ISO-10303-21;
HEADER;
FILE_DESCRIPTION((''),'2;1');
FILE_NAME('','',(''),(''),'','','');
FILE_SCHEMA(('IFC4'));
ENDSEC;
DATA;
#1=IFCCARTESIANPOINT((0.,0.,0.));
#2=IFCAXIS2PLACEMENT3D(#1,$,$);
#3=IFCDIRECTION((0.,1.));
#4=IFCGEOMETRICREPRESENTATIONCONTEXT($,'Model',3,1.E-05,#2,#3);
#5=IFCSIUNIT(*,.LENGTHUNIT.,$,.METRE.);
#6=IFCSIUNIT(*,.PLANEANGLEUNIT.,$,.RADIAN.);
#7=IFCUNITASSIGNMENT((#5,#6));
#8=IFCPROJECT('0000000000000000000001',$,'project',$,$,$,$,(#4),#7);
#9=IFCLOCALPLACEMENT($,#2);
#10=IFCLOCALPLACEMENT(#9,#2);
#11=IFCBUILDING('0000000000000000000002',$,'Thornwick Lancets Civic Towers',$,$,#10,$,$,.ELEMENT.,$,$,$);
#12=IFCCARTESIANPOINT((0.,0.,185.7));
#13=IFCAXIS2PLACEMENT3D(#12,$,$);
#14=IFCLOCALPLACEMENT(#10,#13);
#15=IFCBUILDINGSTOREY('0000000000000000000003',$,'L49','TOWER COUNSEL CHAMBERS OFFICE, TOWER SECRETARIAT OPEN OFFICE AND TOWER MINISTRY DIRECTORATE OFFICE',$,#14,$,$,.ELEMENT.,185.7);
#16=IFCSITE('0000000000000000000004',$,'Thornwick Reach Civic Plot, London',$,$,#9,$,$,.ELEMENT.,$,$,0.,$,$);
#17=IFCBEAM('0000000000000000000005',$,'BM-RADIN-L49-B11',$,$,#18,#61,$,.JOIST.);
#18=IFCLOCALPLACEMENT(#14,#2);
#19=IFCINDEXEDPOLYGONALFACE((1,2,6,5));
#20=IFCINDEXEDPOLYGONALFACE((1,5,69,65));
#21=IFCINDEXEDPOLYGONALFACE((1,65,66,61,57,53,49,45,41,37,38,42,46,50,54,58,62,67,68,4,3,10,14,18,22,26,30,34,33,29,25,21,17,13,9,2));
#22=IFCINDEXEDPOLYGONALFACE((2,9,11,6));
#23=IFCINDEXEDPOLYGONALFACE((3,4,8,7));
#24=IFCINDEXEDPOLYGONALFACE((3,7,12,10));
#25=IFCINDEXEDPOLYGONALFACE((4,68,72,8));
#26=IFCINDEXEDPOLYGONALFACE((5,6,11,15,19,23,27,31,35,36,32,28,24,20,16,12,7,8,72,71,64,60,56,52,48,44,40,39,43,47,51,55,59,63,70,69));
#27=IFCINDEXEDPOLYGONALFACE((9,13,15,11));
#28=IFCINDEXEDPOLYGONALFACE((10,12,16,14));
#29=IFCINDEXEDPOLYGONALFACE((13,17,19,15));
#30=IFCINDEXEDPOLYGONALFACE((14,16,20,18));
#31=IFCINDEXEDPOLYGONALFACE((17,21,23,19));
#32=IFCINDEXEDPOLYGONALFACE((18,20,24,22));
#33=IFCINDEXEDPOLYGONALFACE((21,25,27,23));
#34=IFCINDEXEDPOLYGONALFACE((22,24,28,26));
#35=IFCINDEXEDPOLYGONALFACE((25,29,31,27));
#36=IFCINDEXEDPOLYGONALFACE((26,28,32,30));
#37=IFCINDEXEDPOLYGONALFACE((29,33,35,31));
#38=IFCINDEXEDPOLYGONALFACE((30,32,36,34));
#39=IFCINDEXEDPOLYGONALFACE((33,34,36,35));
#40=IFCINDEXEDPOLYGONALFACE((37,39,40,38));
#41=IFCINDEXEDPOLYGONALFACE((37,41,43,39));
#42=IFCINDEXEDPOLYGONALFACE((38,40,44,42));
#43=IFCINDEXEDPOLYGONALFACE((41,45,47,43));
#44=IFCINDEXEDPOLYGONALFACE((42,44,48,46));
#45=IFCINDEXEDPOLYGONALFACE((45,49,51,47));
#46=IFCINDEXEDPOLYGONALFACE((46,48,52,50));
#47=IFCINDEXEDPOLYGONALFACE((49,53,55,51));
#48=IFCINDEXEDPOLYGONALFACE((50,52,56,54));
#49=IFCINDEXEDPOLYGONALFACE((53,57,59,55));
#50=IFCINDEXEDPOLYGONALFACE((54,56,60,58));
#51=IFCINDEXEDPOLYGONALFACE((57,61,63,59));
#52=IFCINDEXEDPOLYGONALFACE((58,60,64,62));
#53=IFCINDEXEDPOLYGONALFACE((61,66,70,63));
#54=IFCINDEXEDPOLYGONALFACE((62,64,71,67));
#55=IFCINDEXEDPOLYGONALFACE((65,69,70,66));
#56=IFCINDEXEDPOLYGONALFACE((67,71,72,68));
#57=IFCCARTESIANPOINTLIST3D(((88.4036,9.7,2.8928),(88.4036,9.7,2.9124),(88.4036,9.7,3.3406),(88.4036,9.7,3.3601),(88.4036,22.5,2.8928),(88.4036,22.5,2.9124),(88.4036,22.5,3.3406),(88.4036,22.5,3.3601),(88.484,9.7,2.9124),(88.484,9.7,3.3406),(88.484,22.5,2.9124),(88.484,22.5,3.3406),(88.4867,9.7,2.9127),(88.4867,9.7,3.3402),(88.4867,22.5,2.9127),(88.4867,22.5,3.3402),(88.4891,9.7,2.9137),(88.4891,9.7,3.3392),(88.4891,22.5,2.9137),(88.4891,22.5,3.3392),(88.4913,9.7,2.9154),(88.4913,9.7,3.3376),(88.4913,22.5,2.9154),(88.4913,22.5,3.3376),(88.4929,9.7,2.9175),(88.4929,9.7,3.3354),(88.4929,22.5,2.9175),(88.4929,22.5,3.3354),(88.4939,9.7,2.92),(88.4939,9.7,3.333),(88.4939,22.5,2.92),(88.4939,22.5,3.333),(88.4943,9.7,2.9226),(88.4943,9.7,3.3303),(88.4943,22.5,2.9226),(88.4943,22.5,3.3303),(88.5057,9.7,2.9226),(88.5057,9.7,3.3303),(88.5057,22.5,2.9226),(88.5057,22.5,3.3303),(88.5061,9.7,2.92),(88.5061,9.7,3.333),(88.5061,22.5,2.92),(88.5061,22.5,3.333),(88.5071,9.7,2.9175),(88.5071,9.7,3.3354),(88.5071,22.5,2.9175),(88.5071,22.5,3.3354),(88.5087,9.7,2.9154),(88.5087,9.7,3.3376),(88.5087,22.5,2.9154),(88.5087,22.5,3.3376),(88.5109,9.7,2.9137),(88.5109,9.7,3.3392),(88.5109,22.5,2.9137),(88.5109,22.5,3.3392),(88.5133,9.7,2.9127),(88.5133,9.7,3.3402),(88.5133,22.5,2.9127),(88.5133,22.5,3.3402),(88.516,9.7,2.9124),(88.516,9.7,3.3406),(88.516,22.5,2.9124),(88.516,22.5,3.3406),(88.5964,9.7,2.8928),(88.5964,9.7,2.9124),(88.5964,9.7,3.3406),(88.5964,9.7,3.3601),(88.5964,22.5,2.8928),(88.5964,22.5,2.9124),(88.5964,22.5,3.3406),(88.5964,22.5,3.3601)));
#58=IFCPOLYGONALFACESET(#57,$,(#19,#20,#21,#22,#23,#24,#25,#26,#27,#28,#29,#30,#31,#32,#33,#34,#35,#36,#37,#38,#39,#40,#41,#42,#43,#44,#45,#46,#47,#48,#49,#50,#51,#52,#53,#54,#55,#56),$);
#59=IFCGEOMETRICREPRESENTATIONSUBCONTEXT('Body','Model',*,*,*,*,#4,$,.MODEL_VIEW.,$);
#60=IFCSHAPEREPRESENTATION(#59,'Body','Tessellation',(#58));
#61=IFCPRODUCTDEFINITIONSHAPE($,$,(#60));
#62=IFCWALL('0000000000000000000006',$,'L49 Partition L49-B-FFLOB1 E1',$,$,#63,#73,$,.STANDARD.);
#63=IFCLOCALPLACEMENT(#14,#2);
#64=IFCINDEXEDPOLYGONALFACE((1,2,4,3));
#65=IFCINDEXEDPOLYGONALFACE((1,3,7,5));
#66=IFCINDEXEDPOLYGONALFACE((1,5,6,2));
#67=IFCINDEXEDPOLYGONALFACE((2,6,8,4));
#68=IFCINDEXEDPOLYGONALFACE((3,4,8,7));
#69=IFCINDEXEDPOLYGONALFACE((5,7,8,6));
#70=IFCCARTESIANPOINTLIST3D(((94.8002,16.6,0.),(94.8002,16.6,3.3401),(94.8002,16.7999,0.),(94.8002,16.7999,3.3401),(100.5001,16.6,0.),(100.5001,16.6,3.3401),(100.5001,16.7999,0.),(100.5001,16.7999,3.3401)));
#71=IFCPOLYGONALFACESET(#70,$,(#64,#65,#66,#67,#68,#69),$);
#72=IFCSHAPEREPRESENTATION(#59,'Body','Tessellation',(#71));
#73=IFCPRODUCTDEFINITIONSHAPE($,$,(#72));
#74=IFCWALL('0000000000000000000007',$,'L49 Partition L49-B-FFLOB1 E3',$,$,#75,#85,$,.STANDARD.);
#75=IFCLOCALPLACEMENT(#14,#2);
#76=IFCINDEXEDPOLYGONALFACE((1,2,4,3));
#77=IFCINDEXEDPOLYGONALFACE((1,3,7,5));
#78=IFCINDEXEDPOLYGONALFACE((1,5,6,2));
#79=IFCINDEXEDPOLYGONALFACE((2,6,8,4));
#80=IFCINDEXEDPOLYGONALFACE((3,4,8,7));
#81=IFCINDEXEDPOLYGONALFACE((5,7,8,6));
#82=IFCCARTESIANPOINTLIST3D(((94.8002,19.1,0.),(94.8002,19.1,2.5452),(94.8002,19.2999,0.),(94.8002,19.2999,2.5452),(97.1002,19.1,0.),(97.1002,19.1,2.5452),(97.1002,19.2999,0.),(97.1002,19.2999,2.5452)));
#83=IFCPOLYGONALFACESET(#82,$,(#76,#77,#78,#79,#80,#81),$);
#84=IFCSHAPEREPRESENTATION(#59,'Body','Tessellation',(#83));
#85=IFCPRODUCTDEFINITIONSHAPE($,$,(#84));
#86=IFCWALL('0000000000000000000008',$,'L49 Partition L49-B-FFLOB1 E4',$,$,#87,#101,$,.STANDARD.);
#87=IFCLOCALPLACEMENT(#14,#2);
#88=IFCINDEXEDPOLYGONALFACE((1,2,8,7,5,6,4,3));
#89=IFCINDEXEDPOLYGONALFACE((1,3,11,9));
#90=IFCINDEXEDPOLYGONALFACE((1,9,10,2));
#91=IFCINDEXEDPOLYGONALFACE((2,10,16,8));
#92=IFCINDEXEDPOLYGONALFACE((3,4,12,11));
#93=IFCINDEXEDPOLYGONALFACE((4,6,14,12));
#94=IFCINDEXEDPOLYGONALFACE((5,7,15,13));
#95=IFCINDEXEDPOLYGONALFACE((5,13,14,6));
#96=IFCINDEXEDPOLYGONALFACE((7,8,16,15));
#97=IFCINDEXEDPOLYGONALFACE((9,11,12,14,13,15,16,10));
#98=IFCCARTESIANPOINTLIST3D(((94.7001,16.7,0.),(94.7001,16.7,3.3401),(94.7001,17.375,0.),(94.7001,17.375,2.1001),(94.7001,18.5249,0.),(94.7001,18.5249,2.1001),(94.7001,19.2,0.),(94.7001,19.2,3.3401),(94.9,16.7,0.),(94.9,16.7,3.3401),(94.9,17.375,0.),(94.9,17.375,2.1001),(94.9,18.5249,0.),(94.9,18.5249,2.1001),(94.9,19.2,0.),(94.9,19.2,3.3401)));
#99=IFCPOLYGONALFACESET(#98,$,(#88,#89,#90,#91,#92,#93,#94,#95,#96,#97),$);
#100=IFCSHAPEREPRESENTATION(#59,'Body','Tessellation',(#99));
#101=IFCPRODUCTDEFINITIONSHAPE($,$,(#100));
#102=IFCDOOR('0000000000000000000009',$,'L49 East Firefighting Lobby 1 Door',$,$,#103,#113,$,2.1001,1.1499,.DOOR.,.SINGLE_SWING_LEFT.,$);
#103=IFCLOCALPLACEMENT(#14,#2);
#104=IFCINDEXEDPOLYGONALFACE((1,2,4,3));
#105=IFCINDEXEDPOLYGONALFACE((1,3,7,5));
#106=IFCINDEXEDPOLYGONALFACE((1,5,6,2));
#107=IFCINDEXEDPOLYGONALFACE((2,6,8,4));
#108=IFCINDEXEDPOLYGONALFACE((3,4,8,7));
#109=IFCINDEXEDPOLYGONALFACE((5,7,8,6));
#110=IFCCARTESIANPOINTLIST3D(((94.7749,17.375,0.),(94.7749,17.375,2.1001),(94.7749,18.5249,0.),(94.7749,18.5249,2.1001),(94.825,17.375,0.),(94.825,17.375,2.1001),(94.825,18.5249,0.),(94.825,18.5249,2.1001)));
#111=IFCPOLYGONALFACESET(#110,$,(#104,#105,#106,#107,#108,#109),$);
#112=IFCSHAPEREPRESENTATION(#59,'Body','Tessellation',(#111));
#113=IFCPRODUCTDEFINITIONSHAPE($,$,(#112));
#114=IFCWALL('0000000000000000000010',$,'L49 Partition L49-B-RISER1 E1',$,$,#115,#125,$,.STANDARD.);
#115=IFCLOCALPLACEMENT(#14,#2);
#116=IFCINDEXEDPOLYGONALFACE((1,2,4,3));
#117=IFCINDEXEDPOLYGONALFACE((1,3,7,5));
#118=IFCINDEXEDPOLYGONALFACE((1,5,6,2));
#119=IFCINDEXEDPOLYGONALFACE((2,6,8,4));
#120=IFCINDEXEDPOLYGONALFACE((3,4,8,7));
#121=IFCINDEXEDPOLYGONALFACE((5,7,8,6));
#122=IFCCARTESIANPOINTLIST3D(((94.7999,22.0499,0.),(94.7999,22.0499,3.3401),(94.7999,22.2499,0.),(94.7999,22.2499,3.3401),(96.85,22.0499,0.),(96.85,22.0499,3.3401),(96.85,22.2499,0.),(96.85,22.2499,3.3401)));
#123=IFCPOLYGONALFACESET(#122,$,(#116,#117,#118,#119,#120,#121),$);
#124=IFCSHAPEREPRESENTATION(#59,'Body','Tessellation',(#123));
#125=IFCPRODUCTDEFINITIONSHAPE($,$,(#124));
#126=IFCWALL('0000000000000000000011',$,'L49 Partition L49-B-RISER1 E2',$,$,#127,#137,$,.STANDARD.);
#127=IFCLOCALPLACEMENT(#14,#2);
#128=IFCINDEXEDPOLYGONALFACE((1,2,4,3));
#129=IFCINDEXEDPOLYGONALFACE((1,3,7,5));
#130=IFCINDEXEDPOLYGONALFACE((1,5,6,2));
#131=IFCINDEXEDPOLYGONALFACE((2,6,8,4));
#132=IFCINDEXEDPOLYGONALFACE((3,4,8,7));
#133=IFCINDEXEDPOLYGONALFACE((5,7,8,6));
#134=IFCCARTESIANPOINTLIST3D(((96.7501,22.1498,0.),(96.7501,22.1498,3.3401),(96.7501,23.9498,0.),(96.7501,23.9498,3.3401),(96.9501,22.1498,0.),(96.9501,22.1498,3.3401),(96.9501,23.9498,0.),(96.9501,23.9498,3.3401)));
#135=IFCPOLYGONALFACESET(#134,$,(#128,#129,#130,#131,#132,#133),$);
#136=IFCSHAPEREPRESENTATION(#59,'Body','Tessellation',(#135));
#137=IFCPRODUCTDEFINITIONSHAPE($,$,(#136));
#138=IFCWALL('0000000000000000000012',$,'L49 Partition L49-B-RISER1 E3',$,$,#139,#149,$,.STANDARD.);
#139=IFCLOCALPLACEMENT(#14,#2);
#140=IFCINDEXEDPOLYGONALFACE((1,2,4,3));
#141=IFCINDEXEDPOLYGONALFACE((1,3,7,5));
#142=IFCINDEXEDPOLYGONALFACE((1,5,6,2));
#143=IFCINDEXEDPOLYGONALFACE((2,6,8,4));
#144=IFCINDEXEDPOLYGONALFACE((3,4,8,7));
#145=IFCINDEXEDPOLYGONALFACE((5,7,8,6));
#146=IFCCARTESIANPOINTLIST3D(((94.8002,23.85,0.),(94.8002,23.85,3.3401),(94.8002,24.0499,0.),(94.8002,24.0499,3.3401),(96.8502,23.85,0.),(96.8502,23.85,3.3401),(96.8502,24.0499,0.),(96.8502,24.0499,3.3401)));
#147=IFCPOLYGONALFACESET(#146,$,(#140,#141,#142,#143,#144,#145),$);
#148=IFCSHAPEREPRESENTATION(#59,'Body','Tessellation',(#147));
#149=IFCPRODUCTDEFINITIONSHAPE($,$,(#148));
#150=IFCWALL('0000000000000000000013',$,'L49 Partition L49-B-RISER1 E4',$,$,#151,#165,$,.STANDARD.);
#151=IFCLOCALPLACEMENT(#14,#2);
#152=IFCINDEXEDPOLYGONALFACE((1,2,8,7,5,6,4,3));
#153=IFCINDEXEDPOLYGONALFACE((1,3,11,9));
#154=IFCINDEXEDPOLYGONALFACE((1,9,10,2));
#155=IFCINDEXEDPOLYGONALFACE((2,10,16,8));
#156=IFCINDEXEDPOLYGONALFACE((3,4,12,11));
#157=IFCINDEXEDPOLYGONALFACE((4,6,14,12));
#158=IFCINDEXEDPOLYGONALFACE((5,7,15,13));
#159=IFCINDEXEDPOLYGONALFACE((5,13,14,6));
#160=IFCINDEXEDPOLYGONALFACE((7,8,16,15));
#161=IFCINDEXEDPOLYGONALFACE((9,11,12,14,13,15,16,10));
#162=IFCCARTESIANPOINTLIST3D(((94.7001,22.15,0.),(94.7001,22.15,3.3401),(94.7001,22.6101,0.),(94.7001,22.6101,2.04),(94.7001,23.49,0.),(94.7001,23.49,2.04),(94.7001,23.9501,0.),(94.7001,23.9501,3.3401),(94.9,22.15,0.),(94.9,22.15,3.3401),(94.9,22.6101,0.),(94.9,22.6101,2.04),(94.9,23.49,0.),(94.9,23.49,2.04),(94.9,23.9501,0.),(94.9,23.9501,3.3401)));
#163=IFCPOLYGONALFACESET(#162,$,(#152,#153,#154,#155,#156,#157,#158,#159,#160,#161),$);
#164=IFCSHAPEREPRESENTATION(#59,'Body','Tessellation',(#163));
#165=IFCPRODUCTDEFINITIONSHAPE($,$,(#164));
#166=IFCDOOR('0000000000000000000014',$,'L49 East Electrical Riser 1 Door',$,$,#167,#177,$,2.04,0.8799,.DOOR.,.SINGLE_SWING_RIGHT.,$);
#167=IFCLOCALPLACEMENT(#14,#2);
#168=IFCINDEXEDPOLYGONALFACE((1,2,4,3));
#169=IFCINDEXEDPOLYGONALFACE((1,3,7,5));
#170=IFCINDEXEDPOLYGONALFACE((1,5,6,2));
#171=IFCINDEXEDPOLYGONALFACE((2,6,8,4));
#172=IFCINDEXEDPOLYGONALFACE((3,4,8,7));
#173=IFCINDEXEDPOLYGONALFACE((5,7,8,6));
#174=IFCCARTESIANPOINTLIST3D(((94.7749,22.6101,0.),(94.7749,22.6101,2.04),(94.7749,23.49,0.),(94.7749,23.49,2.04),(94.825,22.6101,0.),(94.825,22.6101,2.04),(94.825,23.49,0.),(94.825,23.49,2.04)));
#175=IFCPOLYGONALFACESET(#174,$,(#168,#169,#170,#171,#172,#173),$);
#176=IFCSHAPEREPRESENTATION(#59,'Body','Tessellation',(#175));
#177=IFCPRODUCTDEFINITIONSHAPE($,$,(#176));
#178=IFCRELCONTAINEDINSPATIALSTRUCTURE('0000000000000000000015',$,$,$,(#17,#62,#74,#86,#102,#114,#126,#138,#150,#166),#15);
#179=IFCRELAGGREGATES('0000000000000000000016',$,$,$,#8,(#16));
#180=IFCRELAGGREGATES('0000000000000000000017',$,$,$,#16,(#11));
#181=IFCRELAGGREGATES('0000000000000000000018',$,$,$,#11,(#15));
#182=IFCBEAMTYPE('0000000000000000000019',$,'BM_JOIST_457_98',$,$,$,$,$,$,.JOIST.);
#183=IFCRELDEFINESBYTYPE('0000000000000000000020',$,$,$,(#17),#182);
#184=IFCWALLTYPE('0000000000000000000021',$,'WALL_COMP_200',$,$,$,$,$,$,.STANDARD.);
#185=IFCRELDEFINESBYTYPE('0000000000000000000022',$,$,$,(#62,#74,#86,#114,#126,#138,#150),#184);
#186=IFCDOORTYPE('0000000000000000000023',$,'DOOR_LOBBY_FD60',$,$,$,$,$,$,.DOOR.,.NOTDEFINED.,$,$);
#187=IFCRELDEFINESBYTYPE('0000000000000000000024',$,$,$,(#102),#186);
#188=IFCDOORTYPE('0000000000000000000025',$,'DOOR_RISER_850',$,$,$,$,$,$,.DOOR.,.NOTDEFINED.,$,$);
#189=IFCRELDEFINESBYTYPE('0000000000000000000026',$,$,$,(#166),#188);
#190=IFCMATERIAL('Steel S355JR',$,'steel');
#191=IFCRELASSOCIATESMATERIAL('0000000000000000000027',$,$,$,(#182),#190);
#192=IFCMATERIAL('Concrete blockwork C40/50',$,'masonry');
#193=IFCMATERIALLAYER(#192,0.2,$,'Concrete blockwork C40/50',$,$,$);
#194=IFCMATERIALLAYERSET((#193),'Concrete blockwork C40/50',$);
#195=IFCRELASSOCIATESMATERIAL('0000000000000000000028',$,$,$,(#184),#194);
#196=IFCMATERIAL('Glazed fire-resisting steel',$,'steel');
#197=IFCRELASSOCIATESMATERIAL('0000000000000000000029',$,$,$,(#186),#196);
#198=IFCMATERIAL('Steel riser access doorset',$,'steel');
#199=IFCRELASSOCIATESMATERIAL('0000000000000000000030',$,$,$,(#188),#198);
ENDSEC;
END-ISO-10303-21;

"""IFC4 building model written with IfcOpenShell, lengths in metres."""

from ifc_helpers import new_model, si_unit, direction, frame, frame_2d, origin, origin_2d, place, context, subcontext, project, spatial, rectangle, i_section, extrude, material, layer, layer_set, material_profile, profile_set, type_object, element, fill, save


model = new_model("IFC4")

# Units and contexts
model_context = context("Model", 3, precision=1e-05, world=origin(), true_north=direction((0.0, 1.0)))
body_context = subcontext(model_context, "Body", "Model", "MODEL_VIEW")
ifc_project = project(units=[si_unit("LENGTHUNIT", "METRE"), si_unit("PLANEANGLEUNIT", "RADIAN")], contexts=[model_context])

# Site, building, storey
site_placement = place(None, origin())
site = spatial("IfcSite", under=ifc_project, at=site_placement, Name="Thornwick Reach Civic Plot, London", CompositionType="ELEMENT", RefElevation=0.0)
building_placement = place(site_placement, origin())
building = spatial("IfcBuilding", under=site, at=building_placement, Name="Thornwick Lancets Civic Towers", CompositionType="ELEMENT")
storey_placement = place(building_placement, frame((0.0, 0.0, 185.7)))
storey = spatial("IfcBuildingStorey", under=building, at=storey_placement, Name="L49", Description="TOWER COUNSEL CHAMBERS OFFICE, TOWER SECRETARIAT OPEN OFFICE AND TOWER MINISTRY DIRECTORATE OFFICE", CompositionType="ELEMENT", Elevation=185.7)

# Beam
ifc_material_1 = material(Name="Steel S355JR", Category="steel")
ifc_material_profile_1 = material_profile(ifc_material_1, i_section(OverallWidth=0.1929, OverallDepth=0.4673, WebThickness=0.0115, FlangeThickness=0.0195, FilletRadius=0.0103, at=origin_2d()), Name="UKB 457x191x98")
ifc_profile_set_1 = profile_set([ifc_material_profile_1], Name="Steel S355JR")
beam_type_1 = type_object("IfcBeamType", Name="BM_JOIST_457_98", PredefinedType="JOIST", material=ifc_profile_set_1)
for number, where, z_axis, x_axis, name in (
    (1, (88.5, 22.5, 3.1265), (0.0, -1.0, 0.0), (1.0, 0.0, 0.0), "BM-RADIN-L49-B11"),
):
    element("IfcBeam", number, at=place(storey_placement, frame(where, z_axis=z_axis, x_axis=x_axis)), inside=storey, type_object=beam_type_1, Name=name, PredefinedType="JOIST", context=body_context, shape_type="SweptSolid", body=[
        extrude(i_section(OverallWidth=0.1929, OverallDepth=0.4673, WebThickness=0.0115, FlangeThickness=0.0195, FilletRadius=0.0103, at=origin_2d()), origin(), (0.0, 0.0, 1.0), 12.8),
    ])

# Walls
ifc_material_2 = material(Name="Concrete blockwork C40/50", Category="masonry")
ifc_layer_1 = layer(ifc_material_2, 0.2, Name="Concrete blockwork C40/50")
ifc_layer_set_1 = layer_set([ifc_layer_1], Name="Concrete blockwork C40/50")
wall_type_1 = type_object("IfcWallType", Name="WALL_COMP_200", PredefinedType="STANDARD", material=ifc_layer_set_1)
wall_1_placement = place(storey_placement, frame((94.8, 16.7, 0.0), z_axis=(0.0, 0.0, 1.0), x_axis=(1.0, 0.0, 0.0)))
element("IfcWall", 2, at=wall_1_placement, inside=storey, type_object=wall_type_1, Name="L49 Partition L49-B-FFLOB1 E1", PredefinedType="STANDARD", context=body_context, shape_type="SweptSolid", body=[
    extrude(rectangle(XDim=5.7, YDim=0.2, at=frame_2d((2.8501, 0.0))), origin(), (0.0, 0.0, 1.0), 3.3401),
])
wall_2_placement = place(storey_placement, frame((97.1001, 19.2, 0.0), z_axis=(0.0, 0.0, 1.0), x_axis=(-1.0, 0.0, 0.0)))
element("IfcWall", 3, at=wall_2_placement, inside=storey, type_object=wall_type_1, Name="L49 Partition L49-B-FFLOB1 E3", PredefinedType="STANDARD", context=body_context, shape_type="SweptSolid", body=[
    extrude(rectangle(XDim=2.3, YDim=0.2, at=frame_2d((1.1499, 0.0))), origin(), (0.0, 0.0, 1.0), 2.5452),
])

# Wall, opening, door
wall_3_placement = place(storey_placement, frame((94.8, 19.2, 0.0), z_axis=(0.0, 0.0, 1.0), x_axis=(0.0, -1.0, 0.0)))
wall_3 = element("IfcWall", 4, at=wall_3_placement, inside=storey, type_object=wall_type_1, Name="L49 Partition L49-B-FFLOB1 E4", PredefinedType="STANDARD", context=body_context, shape_type="SweptSolid", body=[
    extrude(rectangle(XDim=2.5, YDim=0.2, at=frame_2d((1.25, 0.0))), origin(), (0.0, 0.0, 1.0), 3.3401),
])
opening_1_placement = place(wall_3_placement, frame((0.675, 0.0, 0.0)))
opening_1 = element("IfcOpeningElement", 5, at=opening_1_placement, cuts=wall_3, PredefinedType="OPENING", context=body_context, shape_type="SweptSolid", body=[
    extrude(rectangle(XDim=1.1499, YDim=2.1001, at=frame_2d((0.575, 1.05))), frame((0.0, 0.1099, 0.0), z_axis=(0.0, -1.0, 0.0), x_axis=(1.0, 0.0, 0.0)), (0.0, 0.0, 1.0), 0.22),
])
ifc_material_3 = material(Name="Glazed fire-resisting steel", Category="steel")
door_type_1 = type_object("IfcDoorType", Name="DOOR_LOBBY_FD60", OperationType="NOTDEFINED", PredefinedType="DOOR", material=ifc_material_3)
door_1_placement = place(opening_1_placement, origin())
door_1 = element("IfcDoor", 6, at=door_1_placement, inside=storey, type_object=door_type_1, Name="L49 East Firefighting Lobby 1 Door", OperationType="SINGLE_SWING_LEFT", OverallHeight=2.1001, OverallWidth=1.1499, PredefinedType="DOOR", context=body_context, shape_type="SweptSolid", body=[
    extrude(rectangle(XDim=1.1499, YDim=2.1001, at=frame_2d((0.575, 1.05))), frame((0.0, 0.0249, 0.0), z_axis=(0.0, -1.0, 0.0), x_axis=(1.0, 0.0, 0.0)), (0.0, 0.0, 1.0), 0.05),
])
fill(opening_1, door_1)

# Walls
wall_4_placement = place(storey_placement, frame((94.8, 22.1499, 0.0), z_axis=(0.0, 0.0, 1.0), x_axis=(1.0, 0.0, 0.0)))
element("IfcWall", 7, at=wall_4_placement, inside=storey, type_object=wall_type_1, Name="L49 Partition L49-B-RISER1 E1", PredefinedType="STANDARD", context=body_context, shape_type="SweptSolid", body=[
    extrude(rectangle(XDim=2.05, YDim=0.2, at=frame_2d((1.0249, 0.0))), origin(), (0.0, 0.0, 1.0), 3.3401),
])
wall_5_placement = place(storey_placement, frame((96.8501, 22.1499, 0.0), z_axis=(0.0, 0.0, 1.0), x_axis=(0.0, 1.0, 0.0)))
element("IfcWall", 8, at=wall_5_placement, inside=storey, type_object=wall_type_1, Name="L49 Partition L49-B-RISER1 E2", PredefinedType="STANDARD", context=body_context, shape_type="SweptSolid", body=[
    extrude(rectangle(XDim=1.8, YDim=0.2, at=frame_2d((0.8999, 0.0))), origin(), (0.0, 0.0, 1.0), 3.3401),
])
wall_6_placement = place(storey_placement, frame((96.8501, 23.95, 0.0), z_axis=(0.0, 0.0, 1.0), x_axis=(-1.0, 0.0, 0.0)))
element("IfcWall", 9, at=wall_6_placement, inside=storey, type_object=wall_type_1, Name="L49 Partition L49-B-RISER1 E3", PredefinedType="STANDARD", context=body_context, shape_type="SweptSolid", body=[
    extrude(rectangle(XDim=2.05, YDim=0.2, at=frame_2d((1.0249, 0.0))), origin(), (0.0, 0.0, 1.0), 3.3401),
])

# Wall, opening, door
wall_7_placement = place(storey_placement, frame((94.8, 23.95, 0.0), z_axis=(0.0, 0.0, 1.0), x_axis=(0.0, -1.0, 0.0)))
wall_7 = element("IfcWall", 10, at=wall_7_placement, inside=storey, type_object=wall_type_1, Name="L49 Partition L49-B-RISER1 E4", PredefinedType="STANDARD", context=body_context, shape_type="SweptSolid", body=[
    extrude(rectangle(XDim=1.8, YDim=0.2, at=frame_2d((0.8999, 0.0))), origin(), (0.0, 0.0, 1.0), 3.3401),
])
opening_2_placement = place(wall_7_placement, frame((0.46, 0.0, 0.0)))
opening_2 = element("IfcOpeningElement", 11, at=opening_2_placement, cuts=wall_7, PredefinedType="OPENING", context=body_context, shape_type="SweptSolid", body=[
    extrude(rectangle(XDim=0.8799, YDim=2.04, at=frame_2d((0.4399, 1.02))), frame((0.0, 0.1099, 0.0), z_axis=(0.0, -1.0, 0.0), x_axis=(1.0, 0.0, 0.0)), (0.0, 0.0, 1.0), 0.22),
])
ifc_material_4 = material(Name="Steel riser access doorset", Category="steel")
door_type_2 = type_object("IfcDoorType", Name="DOOR_RISER_850", OperationType="NOTDEFINED", PredefinedType="DOOR", material=ifc_material_4)
door_2_placement = place(opening_2_placement, origin())
door_2 = element("IfcDoor", 12, at=door_2_placement, inside=storey, type_object=door_type_2, Name="L49 East Electrical Riser 1 Door", OperationType="SINGLE_SWING_RIGHT", OverallHeight=2.04, OverallWidth=0.8799, PredefinedType="DOOR", context=body_context, shape_type="SweptSolid", body=[
    extrude(rectangle(XDim=0.8799, YDim=2.04, at=frame_2d((0.4399, 1.02))), frame((0.0, 0.0249, 0.0), z_axis=(0.0, -1.0, 0.0), x_axis=(1.0, 0.0, 0.0)), (0.0, 0.0, 1.0), 0.05),
])
fill(opening_2, door_2)

save(model, "model.ifc")
